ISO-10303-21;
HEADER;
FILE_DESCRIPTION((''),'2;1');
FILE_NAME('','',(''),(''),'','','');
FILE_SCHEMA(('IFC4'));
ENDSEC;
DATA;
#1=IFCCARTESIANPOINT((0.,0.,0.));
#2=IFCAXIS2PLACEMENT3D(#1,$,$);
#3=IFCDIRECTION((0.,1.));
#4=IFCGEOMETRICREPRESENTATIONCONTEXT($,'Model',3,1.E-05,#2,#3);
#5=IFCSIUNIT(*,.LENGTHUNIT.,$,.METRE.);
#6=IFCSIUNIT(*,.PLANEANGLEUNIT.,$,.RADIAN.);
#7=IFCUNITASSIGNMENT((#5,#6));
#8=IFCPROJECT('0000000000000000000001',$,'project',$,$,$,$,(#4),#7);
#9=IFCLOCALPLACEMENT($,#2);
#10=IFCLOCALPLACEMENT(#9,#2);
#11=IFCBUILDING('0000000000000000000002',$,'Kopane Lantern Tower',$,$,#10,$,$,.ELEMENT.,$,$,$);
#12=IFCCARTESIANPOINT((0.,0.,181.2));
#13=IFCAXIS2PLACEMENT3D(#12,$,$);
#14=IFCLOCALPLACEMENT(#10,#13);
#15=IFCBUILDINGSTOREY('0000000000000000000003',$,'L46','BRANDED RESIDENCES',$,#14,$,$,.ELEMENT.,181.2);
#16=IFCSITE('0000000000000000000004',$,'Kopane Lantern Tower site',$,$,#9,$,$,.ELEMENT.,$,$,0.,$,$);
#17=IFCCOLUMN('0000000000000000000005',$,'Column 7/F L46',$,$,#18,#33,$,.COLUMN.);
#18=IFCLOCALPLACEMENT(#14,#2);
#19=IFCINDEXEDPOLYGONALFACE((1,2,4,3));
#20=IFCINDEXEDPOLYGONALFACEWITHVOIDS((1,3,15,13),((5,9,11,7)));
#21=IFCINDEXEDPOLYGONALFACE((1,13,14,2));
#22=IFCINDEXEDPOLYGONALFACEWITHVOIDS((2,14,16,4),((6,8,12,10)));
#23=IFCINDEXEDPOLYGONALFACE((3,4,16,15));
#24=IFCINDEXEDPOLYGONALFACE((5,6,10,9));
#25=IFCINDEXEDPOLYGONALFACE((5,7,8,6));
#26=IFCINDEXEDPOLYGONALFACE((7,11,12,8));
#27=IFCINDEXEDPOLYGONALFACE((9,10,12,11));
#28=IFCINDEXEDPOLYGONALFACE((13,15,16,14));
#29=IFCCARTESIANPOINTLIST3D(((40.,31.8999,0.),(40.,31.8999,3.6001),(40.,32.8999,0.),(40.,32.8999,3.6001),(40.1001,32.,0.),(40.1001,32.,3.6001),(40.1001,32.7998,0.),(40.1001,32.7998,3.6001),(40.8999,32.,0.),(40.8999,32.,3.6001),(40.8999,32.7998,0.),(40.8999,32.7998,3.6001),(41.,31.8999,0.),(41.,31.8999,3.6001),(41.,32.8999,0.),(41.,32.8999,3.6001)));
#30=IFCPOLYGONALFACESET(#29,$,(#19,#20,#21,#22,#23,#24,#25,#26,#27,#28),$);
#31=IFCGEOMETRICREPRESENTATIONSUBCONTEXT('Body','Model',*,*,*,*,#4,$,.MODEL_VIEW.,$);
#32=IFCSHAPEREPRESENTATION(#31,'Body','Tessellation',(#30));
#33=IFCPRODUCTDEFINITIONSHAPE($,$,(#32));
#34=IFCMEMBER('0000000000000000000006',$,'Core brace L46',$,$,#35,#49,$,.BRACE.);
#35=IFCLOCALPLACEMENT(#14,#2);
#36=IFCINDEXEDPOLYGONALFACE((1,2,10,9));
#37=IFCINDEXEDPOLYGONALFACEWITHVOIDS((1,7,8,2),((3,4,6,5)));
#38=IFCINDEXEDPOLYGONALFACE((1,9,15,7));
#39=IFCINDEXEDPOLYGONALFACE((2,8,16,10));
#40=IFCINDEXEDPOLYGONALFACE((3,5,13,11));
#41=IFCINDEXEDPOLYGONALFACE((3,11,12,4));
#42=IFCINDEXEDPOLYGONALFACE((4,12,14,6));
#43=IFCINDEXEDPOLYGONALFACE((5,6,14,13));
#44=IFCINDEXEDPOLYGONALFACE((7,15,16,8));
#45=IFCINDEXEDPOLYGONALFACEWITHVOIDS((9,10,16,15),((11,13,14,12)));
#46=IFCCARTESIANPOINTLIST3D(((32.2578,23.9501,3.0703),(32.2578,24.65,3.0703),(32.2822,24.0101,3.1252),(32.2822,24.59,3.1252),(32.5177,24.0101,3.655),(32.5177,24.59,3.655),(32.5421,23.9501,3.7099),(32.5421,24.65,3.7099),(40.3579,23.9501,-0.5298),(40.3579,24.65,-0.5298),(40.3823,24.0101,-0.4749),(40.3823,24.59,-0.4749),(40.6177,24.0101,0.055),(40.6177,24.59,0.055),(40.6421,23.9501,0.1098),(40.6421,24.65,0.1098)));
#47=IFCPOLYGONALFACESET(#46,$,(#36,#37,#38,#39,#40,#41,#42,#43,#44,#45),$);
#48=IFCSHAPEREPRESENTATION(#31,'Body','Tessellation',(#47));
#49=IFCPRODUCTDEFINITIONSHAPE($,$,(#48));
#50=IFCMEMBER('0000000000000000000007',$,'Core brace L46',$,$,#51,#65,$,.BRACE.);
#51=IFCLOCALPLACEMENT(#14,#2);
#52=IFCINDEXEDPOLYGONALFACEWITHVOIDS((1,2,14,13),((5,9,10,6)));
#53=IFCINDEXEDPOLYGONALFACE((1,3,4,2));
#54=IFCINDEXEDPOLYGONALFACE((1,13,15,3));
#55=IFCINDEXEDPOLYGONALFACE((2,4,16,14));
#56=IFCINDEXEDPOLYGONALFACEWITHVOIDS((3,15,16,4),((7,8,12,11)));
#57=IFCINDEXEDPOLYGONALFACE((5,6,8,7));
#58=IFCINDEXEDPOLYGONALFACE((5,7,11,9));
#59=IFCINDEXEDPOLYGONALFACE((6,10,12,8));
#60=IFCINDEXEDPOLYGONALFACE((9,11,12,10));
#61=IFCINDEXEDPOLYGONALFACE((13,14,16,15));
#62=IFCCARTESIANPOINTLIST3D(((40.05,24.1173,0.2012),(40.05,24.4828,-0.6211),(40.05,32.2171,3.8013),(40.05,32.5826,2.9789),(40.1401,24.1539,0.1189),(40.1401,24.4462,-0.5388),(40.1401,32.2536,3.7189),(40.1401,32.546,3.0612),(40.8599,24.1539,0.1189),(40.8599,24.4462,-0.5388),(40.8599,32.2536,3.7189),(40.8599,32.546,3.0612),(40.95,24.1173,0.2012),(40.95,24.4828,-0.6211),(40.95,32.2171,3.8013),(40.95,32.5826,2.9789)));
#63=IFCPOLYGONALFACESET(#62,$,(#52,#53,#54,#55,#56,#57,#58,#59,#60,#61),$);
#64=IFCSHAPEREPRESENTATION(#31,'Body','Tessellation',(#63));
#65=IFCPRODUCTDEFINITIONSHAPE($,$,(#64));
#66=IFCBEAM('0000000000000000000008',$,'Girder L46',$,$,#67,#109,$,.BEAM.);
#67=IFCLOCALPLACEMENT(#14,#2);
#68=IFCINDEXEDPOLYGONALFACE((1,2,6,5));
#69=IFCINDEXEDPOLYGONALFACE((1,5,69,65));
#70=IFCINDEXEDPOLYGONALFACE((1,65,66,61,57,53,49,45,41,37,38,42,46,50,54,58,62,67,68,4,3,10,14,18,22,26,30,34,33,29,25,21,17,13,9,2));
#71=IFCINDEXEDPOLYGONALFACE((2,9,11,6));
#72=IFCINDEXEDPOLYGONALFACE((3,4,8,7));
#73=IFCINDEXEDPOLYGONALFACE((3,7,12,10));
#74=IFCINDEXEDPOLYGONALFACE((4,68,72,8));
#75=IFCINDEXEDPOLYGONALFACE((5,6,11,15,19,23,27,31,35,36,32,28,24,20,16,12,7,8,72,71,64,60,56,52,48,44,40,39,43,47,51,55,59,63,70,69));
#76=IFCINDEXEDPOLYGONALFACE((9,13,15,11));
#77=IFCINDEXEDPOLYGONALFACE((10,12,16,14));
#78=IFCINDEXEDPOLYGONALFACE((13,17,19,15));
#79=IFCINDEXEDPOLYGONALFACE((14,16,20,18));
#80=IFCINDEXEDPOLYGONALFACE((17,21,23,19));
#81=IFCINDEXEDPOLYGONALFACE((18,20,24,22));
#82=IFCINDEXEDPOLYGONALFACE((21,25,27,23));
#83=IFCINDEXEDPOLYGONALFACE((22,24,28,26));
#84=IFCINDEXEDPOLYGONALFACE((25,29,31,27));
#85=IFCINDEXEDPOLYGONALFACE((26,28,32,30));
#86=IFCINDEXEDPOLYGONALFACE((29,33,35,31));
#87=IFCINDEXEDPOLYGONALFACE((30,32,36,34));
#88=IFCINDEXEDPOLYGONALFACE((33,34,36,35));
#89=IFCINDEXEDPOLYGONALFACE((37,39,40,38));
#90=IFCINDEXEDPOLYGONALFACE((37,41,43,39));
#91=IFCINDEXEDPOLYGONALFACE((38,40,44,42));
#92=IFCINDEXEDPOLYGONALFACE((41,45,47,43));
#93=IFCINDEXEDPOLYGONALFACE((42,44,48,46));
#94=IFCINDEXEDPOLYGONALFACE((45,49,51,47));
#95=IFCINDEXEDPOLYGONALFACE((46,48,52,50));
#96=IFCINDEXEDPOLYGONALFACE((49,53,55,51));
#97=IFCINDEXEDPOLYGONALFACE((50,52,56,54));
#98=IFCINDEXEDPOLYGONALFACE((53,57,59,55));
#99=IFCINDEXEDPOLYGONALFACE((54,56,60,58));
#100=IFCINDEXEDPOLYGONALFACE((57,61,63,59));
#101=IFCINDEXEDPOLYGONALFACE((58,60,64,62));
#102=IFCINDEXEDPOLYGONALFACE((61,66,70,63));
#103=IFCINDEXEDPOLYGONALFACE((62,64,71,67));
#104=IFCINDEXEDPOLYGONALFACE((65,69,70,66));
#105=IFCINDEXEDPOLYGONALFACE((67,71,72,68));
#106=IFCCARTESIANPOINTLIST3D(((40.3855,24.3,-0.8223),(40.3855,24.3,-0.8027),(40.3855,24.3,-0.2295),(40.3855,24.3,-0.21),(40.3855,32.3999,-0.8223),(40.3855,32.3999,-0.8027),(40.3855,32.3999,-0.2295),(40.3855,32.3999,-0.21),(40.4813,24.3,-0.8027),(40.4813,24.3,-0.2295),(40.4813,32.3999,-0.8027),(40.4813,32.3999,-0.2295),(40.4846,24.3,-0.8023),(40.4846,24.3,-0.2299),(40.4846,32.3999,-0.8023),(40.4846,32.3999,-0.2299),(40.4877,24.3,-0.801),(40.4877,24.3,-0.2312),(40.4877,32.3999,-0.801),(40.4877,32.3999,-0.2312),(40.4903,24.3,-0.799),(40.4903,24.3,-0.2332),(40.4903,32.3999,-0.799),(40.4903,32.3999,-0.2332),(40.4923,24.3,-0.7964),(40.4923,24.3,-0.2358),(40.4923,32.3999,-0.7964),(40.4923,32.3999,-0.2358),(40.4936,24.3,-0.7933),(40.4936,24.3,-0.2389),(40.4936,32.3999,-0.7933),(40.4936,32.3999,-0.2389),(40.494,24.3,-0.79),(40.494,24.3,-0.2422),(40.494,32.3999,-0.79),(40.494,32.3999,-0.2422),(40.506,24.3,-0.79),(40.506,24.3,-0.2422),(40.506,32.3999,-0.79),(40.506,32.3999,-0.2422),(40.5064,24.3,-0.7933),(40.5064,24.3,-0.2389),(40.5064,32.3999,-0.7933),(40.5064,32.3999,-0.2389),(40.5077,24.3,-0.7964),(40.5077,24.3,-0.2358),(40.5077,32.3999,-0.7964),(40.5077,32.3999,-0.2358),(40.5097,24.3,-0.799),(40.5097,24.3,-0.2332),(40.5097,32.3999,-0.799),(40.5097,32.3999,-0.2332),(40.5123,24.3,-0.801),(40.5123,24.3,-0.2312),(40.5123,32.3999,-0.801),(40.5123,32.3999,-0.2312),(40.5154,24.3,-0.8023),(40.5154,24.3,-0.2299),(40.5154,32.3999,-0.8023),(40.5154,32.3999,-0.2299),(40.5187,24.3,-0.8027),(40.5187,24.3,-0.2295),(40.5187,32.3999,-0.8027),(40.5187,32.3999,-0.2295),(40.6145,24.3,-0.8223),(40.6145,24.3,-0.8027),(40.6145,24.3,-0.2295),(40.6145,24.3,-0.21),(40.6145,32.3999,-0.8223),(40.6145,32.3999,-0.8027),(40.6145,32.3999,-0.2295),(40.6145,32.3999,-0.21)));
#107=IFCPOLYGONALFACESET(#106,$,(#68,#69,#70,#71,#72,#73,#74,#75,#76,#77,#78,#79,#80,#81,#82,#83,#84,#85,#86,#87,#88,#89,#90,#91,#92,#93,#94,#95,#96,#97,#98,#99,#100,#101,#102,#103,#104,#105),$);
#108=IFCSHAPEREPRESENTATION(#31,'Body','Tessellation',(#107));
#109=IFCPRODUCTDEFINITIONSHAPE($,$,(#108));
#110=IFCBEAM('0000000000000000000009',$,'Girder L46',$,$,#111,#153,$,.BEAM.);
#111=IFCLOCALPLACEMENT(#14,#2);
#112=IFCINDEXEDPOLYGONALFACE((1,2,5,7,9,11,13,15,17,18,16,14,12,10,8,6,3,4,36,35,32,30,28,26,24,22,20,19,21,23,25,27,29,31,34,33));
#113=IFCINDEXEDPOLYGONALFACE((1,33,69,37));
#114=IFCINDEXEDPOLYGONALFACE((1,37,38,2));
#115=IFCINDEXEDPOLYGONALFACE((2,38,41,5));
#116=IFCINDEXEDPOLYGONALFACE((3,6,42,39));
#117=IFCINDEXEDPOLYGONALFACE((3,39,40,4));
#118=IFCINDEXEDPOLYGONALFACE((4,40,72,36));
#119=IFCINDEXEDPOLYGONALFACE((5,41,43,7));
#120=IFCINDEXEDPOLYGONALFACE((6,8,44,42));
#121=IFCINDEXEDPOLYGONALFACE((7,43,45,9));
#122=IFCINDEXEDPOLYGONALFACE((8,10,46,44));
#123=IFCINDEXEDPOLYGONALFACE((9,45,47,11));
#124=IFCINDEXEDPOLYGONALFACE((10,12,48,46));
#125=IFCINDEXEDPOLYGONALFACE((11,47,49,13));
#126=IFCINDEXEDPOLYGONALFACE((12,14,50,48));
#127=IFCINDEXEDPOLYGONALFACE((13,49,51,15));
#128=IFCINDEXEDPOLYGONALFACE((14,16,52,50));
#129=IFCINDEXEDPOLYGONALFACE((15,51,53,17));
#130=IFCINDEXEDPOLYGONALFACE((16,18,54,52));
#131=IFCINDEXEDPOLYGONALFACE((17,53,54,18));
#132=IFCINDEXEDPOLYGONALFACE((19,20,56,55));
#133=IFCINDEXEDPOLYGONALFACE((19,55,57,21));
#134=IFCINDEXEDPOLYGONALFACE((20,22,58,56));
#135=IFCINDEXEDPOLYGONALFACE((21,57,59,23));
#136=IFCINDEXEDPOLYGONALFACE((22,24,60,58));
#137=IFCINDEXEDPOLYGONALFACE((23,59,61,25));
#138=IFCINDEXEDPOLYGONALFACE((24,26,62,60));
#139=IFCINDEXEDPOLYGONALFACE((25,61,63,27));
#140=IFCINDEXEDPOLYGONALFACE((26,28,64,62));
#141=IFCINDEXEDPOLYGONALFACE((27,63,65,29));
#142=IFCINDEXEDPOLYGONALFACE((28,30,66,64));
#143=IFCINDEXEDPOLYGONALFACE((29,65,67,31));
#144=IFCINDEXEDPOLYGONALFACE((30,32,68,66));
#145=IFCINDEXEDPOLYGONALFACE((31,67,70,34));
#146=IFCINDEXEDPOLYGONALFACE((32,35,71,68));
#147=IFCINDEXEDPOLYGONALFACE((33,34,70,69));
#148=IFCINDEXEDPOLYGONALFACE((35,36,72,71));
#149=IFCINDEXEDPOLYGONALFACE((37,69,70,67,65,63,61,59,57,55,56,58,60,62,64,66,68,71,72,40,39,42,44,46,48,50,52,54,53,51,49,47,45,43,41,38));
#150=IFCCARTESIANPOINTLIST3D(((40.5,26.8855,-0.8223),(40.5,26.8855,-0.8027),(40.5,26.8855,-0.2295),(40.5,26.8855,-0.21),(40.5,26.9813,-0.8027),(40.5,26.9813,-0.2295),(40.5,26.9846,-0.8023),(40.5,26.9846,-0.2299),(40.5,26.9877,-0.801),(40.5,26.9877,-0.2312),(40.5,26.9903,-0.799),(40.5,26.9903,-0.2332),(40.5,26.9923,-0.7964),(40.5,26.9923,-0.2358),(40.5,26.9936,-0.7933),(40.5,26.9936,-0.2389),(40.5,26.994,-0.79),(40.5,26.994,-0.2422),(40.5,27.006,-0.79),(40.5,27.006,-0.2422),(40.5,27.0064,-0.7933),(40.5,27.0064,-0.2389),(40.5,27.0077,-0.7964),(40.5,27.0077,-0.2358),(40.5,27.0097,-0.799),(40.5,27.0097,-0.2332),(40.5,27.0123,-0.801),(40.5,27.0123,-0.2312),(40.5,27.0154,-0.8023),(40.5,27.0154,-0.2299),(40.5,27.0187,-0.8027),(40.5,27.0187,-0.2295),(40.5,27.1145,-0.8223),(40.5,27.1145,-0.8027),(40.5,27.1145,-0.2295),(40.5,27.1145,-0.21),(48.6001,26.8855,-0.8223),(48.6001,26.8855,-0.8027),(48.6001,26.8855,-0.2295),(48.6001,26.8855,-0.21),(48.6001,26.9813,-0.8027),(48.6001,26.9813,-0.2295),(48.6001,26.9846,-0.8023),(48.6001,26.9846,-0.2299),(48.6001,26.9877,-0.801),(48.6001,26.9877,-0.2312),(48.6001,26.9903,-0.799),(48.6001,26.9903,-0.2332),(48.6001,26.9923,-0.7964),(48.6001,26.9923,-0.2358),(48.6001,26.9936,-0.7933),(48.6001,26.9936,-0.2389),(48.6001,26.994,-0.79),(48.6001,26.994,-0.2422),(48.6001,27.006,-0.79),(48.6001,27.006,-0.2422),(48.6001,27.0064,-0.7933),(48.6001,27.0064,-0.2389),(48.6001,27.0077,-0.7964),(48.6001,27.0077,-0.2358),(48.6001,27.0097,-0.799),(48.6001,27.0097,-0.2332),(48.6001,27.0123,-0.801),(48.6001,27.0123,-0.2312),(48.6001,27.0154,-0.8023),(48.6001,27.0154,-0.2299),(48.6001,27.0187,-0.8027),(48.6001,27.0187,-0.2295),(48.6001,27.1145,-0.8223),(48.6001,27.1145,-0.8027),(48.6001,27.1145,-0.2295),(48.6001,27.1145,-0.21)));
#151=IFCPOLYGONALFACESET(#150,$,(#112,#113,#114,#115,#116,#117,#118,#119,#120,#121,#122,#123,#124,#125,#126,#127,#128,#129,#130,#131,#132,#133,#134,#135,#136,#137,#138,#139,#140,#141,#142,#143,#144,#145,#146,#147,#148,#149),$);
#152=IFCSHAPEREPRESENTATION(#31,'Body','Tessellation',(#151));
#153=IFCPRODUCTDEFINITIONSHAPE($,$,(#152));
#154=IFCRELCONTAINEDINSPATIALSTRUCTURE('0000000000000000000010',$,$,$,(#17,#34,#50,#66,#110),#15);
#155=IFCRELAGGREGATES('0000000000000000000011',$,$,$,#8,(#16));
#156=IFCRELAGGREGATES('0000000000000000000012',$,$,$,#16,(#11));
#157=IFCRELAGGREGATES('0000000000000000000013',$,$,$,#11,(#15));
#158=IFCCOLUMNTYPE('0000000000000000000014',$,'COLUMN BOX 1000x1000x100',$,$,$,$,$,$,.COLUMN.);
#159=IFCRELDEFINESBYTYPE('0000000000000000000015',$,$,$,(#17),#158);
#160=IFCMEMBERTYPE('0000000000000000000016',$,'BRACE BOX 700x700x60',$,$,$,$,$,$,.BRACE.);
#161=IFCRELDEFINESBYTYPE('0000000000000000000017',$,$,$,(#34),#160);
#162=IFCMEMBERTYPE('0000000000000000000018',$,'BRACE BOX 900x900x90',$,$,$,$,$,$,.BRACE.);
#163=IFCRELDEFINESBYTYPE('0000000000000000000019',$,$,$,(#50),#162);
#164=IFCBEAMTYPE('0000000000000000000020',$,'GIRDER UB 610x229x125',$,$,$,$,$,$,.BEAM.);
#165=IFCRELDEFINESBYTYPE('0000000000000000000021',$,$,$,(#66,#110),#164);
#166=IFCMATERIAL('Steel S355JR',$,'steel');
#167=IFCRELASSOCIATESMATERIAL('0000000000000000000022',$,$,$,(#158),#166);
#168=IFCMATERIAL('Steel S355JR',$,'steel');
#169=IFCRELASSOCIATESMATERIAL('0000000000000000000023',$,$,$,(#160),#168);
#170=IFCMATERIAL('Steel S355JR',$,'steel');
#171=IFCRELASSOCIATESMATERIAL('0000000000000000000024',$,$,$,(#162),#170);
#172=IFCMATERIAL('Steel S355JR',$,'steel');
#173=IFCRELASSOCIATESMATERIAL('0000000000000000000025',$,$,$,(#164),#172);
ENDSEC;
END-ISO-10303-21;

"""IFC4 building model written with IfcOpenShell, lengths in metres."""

from ifc_helpers import new_model, si_unit, direction, frame, origin, origin_2d, place, context, subcontext, project, spatial, hollow_rectangle, i_section, extrude, material, material_profile, profile_set, type_object, element, save


model = new_model("IFC4")

# Units and contexts
model_context = context("Model", 3, precision=1e-05, world=origin(), true_north=direction((0.0, 1.0)))
body_context = subcontext(model_context, "Body", "Model", "MODEL_VIEW")
ifc_project = project(units=[si_unit("LENGTHUNIT", "METRE"), si_unit("PLANEANGLEUNIT", "RADIAN")], contexts=[model_context])

# Site, building, storey
site_placement = place(None, origin())
site = spatial("IfcSite", under=ifc_project, at=site_placement, Name="Kopane Lantern Tower site", CompositionType="ELEMENT", RefElevation=0.0)
building_placement = place(site_placement, origin())
building = spatial("IfcBuilding", under=site, at=building_placement, Name="Kopane Lantern Tower", CompositionType="ELEMENT")
storey_placement = place(building_placement, frame((0.0, 0.0, 181.2)))
storey = spatial("IfcBuildingStorey", under=building, at=storey_placement, Name="L46", Description="BRANDED RESIDENCES", CompositionType="ELEMENT", Elevation=181.2)

# Column
ifc_material_1 = material(Name="Steel S355JR", Category="steel")
ifc_material_profile_1 = material_profile(ifc_material_1, hollow_rectangle(XDim=1.0, YDim=1.0, WallThickness=0.1001, at=origin_2d()), Name="BOX 1000x1000x100")
ifc_profile_set_1 = profile_set([ifc_material_profile_1], Name="Steel S355JR")
column_type = type_object("IfcColumnType", Name="COLUMN BOX 1000x1000x100", PredefinedType="COLUMN", material=ifc_profile_set_1)
column_placement = place(storey_placement, frame((40.5, 32.3999, 0.0), z_axis=(0.0, 0.0, 1.0), x_axis=(1.0, 0.0, 0.0)))
element("IfcColumn", 1, at=column_placement, inside=storey, type_object=column_type, Name="Column 7/F L46", PredefinedType="COLUMN", context=body_context, shape_type="SweptSolid", body=[
    extrude(hollow_rectangle(XDim=1.0, YDim=1.0, WallThickness=0.1001, at=origin_2d()), origin(), (0.0, 0.0, 1.0), 3.6001),
])

# Members
ifc_material_2 = material(Name="Steel S355JR", Category="steel")
ifc_material_profile_2 = material_profile(ifc_material_2, hollow_rectangle(XDim=0.7, YDim=0.7, WallThickness=0.0601, at=origin_2d()), Name="BOX 700x700x60")
ifc_profile_set_2 = profile_set([ifc_material_profile_2], Name="Steel S355JR")
member_type_1 = type_object("IfcMemberType", Name="BRACE BOX 700x700x60", PredefinedType="BRACE", material=ifc_profile_set_2)
member_1_placement = place(storey_placement, frame((40.5, 24.3, -0.21), z_axis=(-0.913809, 0.0, 0.406144), x_axis=(0.0, -1.0, 0.0)))
element("IfcMember", 2, at=member_1_placement, inside=storey, type_object=member_type_1, Name="Core brace L46", PredefinedType="BRACE", context=body_context, shape_type="SweptSolid", body=[
    extrude(hollow_rectangle(XDim=0.7, YDim=0.7, WallThickness=0.0601, at=origin_2d()), origin(), (0.0, 0.0, 1.0), 8.864),
])
ifc_material_3 = material(Name="Steel S355JR", Category="steel")
ifc_material_profile_3 = material_profile(ifc_material_3, hollow_rectangle(XDim=0.8999, YDim=0.8999, WallThickness=0.0901, at=origin_2d()), Name="BOX 900x900x90")
ifc_profile_set_3 = profile_set([ifc_material_profile_3], Name="Steel S355JR")
member_type_2 = type_object("IfcMemberType", Name="BRACE BOX 900x900x90", PredefinedType="BRACE", material=ifc_profile_set_3)
member_2_placement = place(storey_placement, frame((40.5, 24.3, -0.21), z_axis=(0.0, 0.913805, 0.406154), x_axis=(-1.0, 0.0, 0.0)))
element("IfcMember", 3, at=member_2_placement, inside=storey, type_object=member_type_2, Name="Core brace L46", PredefinedType="BRACE", context=body_context, shape_type="SweptSolid", body=[
    extrude(hollow_rectangle(XDim=0.8999, YDim=0.8999, WallThickness=0.0901, at=origin_2d()), origin(), (0.0, 0.0, 1.0), 8.8638),
])

# Beams
ifc_material_4 = material(Name="Steel S355JR", Category="steel")
ifc_material_profile_4 = material_profile(ifc_material_4, i_section(OverallWidth=0.229, OverallDepth=0.6123, WebThickness=0.012, FlangeThickness=0.0195, FilletRadius=0.0127, at=origin_2d()), Name="UB 610x229x125")
ifc_profile_set_4 = profile_set([ifc_material_profile_4], Name="Steel S355JR")
beam_type = type_object("IfcBeamType", Name="GIRDER UB 610x229x125", PredefinedType="BEAM", material=ifc_profile_set_4)
beam_placement = place(storey_placement, frame((40.5, 24.3, -0.5161), z_axis=(0.0, 1.0, 0.0), x_axis=(-1.0, 0.0, 0.0)))
element("IfcBeam", 4, at=beam_placement, inside=storey, type_object=beam_type, Name="Girder L46", PredefinedType="BEAM", context=body_context, shape_type="SweptSolid", body=[
    extrude(i_section(OverallWidth=0.229, OverallDepth=0.6123, WebThickness=0.012, FlangeThickness=0.0195, FilletRadius=0.0127, at=origin_2d()), origin(), (0.0, 0.0, 1.0), 8.0999),
])
for number, where, z_axis, x_axis, name in (
    (5, (40.5, 27.0, -0.5161), (1.0, 0.0, 0.0), (0.0, 1.0, 0.0), "Girder L46"),
):
    element("IfcBeam", number, at=place(storey_placement, frame(where, z_axis=z_axis, x_axis=x_axis)), inside=storey, type_object=beam_type, Name=name, PredefinedType="BEAM", context=body_context, shape_type="SweptSolid", body=[
        extrude(i_section(OverallWidth=0.229, OverallDepth=0.6123, WebThickness=0.012, FlangeThickness=0.0195, FilletRadius=0.0127, at=origin_2d()), origin(), (0.0, 0.0, 1.0), 8.1001),
    ])

save(model, "model.ifc")
